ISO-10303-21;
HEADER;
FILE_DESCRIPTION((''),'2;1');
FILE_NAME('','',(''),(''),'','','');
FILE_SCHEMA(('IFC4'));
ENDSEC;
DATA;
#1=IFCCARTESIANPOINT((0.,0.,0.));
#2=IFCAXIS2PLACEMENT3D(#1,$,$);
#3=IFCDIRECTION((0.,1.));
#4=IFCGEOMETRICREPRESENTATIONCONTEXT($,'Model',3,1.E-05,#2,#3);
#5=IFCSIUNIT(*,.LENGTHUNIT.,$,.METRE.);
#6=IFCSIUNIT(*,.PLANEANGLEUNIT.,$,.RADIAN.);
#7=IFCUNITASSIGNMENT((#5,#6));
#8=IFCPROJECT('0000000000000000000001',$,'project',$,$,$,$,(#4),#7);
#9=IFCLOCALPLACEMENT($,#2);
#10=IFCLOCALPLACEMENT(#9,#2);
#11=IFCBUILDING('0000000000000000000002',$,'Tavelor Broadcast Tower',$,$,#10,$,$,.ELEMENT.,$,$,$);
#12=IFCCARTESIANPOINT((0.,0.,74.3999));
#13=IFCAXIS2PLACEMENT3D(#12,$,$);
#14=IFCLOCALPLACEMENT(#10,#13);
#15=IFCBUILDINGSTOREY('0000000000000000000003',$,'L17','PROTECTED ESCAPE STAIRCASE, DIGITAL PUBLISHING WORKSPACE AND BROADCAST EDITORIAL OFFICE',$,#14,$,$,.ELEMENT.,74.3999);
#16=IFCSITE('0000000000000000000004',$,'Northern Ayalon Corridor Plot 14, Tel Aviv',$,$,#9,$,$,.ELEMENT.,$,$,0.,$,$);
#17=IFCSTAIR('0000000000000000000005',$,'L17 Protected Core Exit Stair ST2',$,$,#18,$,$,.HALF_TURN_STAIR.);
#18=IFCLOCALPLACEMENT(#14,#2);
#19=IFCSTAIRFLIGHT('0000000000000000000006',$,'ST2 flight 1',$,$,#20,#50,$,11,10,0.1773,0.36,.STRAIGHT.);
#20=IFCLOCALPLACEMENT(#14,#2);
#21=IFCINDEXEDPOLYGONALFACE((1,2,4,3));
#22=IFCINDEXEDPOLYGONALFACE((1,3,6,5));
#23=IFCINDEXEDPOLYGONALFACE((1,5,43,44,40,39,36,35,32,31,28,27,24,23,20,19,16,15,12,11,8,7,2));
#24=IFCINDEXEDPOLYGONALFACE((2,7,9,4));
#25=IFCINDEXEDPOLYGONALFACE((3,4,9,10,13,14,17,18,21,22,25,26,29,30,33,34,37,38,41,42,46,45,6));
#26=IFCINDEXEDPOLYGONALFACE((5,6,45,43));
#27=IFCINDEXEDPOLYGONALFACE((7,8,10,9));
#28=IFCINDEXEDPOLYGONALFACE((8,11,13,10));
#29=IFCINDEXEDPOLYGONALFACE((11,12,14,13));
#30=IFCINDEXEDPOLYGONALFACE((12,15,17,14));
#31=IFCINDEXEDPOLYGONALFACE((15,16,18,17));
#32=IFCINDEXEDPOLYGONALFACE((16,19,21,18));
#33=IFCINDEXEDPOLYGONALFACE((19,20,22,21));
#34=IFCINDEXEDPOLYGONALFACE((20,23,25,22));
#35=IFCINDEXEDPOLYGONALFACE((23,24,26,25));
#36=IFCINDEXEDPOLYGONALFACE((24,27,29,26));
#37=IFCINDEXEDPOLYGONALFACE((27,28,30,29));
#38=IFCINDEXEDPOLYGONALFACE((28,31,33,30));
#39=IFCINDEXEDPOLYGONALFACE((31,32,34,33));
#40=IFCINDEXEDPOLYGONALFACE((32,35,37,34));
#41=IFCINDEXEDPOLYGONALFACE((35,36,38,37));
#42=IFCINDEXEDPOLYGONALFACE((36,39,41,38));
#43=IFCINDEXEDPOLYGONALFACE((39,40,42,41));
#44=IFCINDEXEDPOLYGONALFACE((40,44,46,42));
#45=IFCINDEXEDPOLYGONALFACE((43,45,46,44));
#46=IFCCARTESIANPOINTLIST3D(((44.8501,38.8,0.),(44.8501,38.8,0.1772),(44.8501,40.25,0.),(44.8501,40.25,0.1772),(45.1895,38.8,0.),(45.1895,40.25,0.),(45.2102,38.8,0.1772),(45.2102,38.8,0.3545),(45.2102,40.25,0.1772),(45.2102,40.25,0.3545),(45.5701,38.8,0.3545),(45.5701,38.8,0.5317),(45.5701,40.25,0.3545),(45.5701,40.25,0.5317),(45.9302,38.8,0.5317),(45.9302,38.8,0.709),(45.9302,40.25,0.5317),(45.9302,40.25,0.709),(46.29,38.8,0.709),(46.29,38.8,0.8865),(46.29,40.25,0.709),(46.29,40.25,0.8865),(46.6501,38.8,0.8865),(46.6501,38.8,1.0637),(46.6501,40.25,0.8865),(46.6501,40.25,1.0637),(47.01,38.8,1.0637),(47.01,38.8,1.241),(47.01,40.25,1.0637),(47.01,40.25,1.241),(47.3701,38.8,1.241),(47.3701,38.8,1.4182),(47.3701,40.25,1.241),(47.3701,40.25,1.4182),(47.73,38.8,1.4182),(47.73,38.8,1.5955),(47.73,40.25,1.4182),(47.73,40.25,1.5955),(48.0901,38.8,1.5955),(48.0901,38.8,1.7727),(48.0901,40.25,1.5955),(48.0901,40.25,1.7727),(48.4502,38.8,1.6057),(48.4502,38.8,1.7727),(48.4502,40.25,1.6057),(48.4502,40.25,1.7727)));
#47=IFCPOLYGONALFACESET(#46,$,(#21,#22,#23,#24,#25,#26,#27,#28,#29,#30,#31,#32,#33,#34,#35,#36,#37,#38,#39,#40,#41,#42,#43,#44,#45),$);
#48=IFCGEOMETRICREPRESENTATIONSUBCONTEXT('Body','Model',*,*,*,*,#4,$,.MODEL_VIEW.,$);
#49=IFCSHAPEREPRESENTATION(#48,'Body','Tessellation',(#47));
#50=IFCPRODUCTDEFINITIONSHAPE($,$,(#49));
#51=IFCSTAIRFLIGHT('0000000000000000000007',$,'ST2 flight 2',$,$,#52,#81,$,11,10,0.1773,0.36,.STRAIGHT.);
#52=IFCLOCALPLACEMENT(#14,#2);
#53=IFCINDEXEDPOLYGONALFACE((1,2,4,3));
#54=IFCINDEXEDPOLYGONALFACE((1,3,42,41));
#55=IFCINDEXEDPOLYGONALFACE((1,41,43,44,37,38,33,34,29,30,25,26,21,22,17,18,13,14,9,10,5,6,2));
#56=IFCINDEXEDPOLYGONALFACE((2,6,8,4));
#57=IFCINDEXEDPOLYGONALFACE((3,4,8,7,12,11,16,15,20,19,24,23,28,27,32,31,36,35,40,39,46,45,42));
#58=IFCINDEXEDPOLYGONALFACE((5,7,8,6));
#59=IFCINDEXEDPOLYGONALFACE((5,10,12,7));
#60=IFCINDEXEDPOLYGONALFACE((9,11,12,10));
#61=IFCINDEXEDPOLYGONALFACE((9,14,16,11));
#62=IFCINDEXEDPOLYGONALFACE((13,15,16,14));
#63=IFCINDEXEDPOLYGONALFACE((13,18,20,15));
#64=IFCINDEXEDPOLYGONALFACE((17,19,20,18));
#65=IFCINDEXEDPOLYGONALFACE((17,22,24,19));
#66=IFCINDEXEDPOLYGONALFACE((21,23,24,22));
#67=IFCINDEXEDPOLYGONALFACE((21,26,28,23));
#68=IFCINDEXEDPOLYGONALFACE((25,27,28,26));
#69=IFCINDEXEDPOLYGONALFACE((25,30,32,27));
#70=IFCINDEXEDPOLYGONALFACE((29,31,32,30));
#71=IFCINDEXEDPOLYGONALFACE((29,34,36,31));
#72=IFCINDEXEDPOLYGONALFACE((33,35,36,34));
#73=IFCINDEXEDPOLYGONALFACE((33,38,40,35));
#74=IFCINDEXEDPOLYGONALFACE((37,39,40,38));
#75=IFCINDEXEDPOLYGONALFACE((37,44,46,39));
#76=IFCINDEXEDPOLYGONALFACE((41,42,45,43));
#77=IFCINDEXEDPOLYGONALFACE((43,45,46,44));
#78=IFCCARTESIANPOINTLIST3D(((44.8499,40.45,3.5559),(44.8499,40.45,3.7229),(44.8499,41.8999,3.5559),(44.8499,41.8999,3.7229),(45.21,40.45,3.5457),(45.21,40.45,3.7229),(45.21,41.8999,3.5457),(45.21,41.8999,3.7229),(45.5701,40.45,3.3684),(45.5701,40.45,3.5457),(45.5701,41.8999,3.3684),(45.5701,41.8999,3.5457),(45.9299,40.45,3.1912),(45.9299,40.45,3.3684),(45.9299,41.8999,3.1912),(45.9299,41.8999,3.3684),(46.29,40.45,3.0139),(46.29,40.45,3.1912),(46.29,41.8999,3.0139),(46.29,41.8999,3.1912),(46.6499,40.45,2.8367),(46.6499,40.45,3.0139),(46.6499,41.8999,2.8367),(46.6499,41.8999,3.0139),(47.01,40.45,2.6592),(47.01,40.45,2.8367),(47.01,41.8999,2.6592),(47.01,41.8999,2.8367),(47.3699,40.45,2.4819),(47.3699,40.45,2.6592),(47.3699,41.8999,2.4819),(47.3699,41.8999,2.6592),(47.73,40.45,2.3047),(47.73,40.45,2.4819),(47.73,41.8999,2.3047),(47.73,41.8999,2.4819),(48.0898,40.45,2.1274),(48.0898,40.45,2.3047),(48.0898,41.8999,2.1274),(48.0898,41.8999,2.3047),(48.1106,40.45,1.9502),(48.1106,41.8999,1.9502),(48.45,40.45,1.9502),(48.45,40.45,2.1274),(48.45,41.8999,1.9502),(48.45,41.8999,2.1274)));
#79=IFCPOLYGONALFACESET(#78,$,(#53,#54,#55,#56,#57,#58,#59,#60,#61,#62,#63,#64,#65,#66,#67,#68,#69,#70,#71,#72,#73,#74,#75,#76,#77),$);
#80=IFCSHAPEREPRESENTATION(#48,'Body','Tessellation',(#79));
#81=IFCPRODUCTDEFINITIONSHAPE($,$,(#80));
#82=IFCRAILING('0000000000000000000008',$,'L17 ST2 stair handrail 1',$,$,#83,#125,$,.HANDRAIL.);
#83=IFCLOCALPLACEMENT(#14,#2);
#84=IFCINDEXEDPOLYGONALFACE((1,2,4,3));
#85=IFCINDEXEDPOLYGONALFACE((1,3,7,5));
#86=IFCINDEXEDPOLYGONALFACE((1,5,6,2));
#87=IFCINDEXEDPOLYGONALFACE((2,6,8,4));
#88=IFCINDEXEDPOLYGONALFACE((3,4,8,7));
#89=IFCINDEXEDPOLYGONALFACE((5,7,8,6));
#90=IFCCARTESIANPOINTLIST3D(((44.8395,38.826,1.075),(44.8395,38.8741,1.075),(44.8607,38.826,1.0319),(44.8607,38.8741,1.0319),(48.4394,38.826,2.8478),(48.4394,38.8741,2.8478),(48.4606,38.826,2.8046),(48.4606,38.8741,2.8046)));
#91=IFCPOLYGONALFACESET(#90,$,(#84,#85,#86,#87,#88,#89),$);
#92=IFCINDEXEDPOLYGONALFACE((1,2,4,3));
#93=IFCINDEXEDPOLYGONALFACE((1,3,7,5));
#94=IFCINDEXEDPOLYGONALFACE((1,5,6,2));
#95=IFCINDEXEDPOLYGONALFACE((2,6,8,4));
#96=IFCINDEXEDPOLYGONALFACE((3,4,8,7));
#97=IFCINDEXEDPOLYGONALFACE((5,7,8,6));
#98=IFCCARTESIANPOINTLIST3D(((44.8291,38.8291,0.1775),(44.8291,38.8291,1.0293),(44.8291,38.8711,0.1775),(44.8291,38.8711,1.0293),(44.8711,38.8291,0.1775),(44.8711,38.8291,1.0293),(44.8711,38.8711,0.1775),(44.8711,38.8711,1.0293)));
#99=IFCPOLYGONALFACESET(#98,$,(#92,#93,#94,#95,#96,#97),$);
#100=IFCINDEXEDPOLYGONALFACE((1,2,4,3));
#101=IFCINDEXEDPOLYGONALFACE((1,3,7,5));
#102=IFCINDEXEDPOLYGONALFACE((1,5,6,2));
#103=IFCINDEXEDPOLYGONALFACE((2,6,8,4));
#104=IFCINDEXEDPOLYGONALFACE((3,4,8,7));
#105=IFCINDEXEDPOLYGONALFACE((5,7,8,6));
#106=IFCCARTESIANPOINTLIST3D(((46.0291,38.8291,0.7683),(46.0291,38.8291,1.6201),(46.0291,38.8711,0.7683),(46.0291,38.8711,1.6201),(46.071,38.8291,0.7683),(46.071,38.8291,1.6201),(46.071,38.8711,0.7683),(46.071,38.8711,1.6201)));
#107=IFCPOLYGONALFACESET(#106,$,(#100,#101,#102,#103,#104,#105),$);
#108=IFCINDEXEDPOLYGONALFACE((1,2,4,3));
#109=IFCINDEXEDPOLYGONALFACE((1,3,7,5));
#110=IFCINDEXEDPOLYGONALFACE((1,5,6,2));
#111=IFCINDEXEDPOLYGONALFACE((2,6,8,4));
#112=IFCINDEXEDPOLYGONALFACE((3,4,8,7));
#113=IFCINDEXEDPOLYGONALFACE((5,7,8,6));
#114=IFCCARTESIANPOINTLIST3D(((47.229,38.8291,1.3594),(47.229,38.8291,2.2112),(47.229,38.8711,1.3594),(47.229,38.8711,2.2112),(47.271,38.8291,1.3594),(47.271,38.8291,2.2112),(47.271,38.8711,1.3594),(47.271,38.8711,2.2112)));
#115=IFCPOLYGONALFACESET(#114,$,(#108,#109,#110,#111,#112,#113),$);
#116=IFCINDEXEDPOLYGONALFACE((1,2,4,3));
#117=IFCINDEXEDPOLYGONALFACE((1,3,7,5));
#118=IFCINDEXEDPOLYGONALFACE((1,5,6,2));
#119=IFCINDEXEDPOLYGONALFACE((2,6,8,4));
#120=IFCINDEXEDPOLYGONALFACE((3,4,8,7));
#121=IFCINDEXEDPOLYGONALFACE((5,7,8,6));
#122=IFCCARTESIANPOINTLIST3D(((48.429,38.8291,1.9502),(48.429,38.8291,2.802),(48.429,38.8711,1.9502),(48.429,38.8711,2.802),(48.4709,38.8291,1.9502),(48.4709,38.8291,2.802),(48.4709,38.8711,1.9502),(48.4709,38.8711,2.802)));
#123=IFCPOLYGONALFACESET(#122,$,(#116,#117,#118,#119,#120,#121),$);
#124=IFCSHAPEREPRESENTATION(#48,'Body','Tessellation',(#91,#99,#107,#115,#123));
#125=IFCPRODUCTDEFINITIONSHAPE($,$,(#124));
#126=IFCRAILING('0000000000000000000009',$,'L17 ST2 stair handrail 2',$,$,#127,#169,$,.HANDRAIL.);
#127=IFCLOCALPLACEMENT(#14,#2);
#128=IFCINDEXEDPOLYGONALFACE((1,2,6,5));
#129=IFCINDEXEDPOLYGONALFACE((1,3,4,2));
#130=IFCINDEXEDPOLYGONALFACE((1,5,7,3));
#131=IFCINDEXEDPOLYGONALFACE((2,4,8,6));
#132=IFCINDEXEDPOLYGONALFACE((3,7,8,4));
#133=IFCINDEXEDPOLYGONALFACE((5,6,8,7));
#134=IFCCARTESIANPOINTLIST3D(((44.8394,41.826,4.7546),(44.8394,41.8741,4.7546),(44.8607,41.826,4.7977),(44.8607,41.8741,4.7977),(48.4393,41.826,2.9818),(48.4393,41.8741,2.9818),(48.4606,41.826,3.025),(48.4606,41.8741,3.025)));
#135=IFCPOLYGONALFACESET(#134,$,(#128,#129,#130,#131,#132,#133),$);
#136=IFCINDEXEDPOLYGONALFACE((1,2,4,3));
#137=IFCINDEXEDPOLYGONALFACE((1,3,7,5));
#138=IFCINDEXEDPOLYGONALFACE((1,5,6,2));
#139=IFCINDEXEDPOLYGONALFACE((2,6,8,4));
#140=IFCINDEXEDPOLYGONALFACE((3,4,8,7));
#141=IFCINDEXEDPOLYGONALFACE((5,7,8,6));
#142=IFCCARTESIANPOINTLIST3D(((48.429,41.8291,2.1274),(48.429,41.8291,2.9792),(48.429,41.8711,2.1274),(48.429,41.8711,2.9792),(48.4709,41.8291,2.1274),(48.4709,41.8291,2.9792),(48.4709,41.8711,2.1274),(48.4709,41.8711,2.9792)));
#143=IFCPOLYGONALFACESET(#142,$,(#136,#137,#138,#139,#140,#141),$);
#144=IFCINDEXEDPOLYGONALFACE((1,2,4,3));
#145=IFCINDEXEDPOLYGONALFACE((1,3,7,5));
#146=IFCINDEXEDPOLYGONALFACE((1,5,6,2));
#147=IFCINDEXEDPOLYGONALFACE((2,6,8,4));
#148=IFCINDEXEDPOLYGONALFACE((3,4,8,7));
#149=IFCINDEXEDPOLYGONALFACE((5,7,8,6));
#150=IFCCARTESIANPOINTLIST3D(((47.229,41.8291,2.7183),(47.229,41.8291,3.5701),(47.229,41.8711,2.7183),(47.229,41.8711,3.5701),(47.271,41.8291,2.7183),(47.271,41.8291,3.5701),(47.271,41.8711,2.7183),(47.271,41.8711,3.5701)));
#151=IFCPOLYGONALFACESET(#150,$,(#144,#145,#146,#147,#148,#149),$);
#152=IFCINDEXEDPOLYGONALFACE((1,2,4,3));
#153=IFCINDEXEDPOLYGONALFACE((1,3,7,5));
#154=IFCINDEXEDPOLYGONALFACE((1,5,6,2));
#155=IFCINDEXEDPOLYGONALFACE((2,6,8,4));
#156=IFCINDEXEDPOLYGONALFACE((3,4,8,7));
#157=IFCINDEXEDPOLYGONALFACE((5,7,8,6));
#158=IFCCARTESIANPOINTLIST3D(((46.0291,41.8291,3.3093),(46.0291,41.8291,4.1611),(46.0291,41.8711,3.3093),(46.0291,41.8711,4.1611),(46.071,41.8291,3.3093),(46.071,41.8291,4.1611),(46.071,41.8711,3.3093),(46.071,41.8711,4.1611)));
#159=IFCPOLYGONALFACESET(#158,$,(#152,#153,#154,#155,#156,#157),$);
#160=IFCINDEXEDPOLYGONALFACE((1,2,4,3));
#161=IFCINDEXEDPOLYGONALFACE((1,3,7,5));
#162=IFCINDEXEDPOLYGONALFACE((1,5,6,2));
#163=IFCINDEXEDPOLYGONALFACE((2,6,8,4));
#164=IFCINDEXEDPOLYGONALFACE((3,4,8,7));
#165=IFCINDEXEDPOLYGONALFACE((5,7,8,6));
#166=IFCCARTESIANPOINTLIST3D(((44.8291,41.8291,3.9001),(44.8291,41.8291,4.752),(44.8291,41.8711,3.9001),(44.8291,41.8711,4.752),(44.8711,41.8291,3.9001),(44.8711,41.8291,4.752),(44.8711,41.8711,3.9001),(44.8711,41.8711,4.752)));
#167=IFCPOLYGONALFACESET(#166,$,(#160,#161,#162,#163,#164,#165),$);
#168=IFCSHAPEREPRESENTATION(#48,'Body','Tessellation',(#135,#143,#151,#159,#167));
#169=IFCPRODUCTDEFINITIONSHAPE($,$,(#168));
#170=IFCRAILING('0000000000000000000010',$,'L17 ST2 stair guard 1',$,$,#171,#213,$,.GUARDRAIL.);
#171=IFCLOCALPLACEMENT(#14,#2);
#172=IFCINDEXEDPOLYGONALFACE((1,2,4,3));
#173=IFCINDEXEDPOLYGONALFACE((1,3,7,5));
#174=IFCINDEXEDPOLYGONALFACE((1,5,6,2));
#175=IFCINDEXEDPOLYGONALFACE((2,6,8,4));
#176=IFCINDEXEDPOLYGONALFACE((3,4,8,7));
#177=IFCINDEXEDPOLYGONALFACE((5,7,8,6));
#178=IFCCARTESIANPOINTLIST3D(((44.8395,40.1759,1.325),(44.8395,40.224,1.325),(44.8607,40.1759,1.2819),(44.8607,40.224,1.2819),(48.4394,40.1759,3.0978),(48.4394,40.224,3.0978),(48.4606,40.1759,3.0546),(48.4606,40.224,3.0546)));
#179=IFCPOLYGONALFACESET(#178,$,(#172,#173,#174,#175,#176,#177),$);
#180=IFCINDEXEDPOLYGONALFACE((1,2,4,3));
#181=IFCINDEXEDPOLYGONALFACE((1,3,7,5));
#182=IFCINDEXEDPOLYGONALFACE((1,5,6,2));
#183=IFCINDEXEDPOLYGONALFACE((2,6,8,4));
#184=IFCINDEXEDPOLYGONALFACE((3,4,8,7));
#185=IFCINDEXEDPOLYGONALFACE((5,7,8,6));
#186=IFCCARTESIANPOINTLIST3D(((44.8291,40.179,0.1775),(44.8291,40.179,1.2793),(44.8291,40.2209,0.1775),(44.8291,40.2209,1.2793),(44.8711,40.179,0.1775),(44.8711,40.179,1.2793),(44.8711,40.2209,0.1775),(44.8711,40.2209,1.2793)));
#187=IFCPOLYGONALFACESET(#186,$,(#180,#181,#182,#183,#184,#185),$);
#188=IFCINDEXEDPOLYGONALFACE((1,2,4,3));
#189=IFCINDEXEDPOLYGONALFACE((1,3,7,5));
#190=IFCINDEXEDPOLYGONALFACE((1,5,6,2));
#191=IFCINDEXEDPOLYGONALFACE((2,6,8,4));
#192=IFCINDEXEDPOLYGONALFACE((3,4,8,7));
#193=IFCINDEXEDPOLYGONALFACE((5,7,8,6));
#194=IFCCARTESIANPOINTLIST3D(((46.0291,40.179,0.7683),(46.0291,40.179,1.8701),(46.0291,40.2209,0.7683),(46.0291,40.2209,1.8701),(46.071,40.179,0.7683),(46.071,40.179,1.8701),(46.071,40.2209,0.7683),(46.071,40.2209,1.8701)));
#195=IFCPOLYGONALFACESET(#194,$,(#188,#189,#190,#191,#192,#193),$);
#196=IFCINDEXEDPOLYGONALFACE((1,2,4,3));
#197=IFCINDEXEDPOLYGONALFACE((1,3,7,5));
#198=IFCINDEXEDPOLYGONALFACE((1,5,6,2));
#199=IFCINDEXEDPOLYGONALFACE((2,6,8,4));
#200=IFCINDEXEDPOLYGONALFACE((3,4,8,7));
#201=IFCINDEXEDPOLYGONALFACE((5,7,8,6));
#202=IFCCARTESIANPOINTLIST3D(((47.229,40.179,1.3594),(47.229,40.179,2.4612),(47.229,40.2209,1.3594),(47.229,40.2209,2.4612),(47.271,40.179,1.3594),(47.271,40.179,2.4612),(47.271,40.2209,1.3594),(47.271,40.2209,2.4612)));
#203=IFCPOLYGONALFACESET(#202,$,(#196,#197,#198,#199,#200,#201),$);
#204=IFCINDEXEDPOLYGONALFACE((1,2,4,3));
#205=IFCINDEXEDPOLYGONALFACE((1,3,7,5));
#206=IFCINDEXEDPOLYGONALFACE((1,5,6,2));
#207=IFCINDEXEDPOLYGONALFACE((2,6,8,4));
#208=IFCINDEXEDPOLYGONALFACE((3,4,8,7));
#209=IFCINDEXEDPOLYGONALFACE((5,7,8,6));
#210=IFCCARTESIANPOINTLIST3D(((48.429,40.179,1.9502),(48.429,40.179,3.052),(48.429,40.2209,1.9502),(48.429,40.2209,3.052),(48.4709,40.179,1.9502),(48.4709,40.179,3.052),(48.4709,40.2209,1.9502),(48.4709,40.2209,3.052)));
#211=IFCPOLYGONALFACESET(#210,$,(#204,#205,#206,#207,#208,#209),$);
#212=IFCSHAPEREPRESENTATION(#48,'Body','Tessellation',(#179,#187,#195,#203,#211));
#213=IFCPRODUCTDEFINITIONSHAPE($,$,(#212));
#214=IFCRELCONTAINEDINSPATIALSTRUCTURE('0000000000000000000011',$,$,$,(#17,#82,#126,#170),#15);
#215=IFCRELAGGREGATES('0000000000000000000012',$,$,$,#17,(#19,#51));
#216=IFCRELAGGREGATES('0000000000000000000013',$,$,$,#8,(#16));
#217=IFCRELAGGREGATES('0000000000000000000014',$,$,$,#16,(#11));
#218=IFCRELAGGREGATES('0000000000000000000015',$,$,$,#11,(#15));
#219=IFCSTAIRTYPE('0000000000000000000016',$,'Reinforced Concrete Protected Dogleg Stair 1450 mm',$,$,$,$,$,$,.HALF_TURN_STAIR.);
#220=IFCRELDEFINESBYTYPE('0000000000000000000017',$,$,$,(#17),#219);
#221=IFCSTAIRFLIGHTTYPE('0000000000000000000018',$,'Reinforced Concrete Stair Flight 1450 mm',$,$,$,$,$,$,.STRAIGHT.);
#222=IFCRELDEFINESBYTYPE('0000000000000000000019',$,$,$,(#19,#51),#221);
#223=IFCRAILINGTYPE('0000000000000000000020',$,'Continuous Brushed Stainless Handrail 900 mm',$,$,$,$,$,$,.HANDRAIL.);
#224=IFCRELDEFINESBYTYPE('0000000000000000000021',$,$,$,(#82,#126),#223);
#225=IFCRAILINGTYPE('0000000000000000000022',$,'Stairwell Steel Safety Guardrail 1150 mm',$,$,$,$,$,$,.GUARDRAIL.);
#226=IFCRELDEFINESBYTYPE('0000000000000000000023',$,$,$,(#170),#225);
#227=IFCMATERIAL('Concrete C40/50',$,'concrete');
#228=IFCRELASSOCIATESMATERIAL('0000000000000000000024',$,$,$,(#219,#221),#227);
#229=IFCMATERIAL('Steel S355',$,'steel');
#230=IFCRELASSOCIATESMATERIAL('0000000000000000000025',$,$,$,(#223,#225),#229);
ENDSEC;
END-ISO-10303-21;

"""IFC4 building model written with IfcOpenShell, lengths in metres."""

from ifc_helpers import new_model, si_unit, direction, frame, origin, origin_2d, place, context, subcontext, project, spatial, polyline, rectangle, outline, extrude, material, type_object, element, aggregate, save


model = new_model("IFC4")

# Units and contexts
model_context = context("Model", 3, precision=1e-05, world=origin(), true_north=direction((0.0, 1.0)))
body_context = subcontext(model_context, "Body", "Model", "MODEL_VIEW")
ifc_project = project(units=[si_unit("LENGTHUNIT", "METRE"), si_unit("PLANEANGLEUNIT", "RADIAN")], contexts=[model_context])

# Site, building, storey
site_placement = place(None, origin())
site = spatial("IfcSite", under=ifc_project, at=site_placement, Name="Northern Ayalon Corridor Plot 14, Tel Aviv", CompositionType="ELEMENT", RefElevation=0.0)
building_placement = place(site_placement, origin())
building = spatial("IfcBuilding", under=site, at=building_placement, Name="Tavelor Broadcast Tower", CompositionType="ELEMENT")
storey_placement = place(building_placement, frame((0.0, 0.0, 74.3999)))
storey = spatial("IfcBuildingStorey", under=building, at=storey_placement, Name="L17", Description="PROTECTED ESCAPE STAIRCASE, DIGITAL PUBLISHING WORKSPACE AND BROADCAST EDITORIAL OFFICE", CompositionType="ELEMENT", Elevation=74.3999)

# Shared definitions
ifc_material_1 = material(Name="Concrete C40/50", Category="concrete")
ifc_material_2 = material(Name="Steel S355", Category="steel")

# Stair, stair flights
stair_type = type_object("IfcStairType", Name="Reinforced Concrete Protected Dogleg Stair 1450 mm", PredefinedType="HALF_TURN_STAIR", material=ifc_material_1)
stair_placement = place(storey_placement, origin())
stair = element("IfcStair", 1, at=stair_placement, inside=storey, type_object=stair_type, Name="L17 Protected Core Exit Stair ST2", PredefinedType="HALF_TURN_STAIR")
stair_flight_type = type_object("IfcStairFlightType", Name="Reinforced Concrete Stair Flight 1450 mm", PredefinedType="STRAIGHT", material=ifc_material_1)
stair_flight_1_placement = place(storey_placement, frame((44.8501, 39.5249, 0.0), z_axis=(0.0, 0.0, 1.0), x_axis=(1.0, 0.0, 0.0)))
stair_flight_1 = element("IfcStairFlight", 2, at=stair_flight_1_placement, type_object=stair_flight_type, Name="ST2 flight 1", NumberOfRisers=11, NumberOfTreads=10, PredefinedType="STRAIGHT", RiserHeight=0.1773, TreadLength=0.36, context=body_context, shape_type="SweptSolid", body=[
    extrude(outline(polyline([(0.0, 0.0), (0.0, 0.1772), (0.3601, 0.1772), (0.3601, 0.3545), (0.72, 0.3545), (0.72, 0.5317), (1.0801, 0.5317), (1.0801, 0.709), (1.4399, 0.709), (1.4399, 0.8865), (1.8, 0.8865), (1.8, 1.0637), (2.1599, 1.0637), (2.1599, 1.241), (2.52, 1.241), (2.52, 1.4182), (2.8799, 1.4182), (2.8799, 1.5955), (3.24, 1.5955), (3.24, 1.7727), (3.6001, 1.7727), (3.6001, 1.95), (3.6001, 1.6057), (0.3394, 0.0), (0.0, 0.0)])), frame((0.0, 0.7251, 0.0), z_axis=(0.0, -1.0, 0.0), x_axis=(1.0, 0.0, 0.0)), (0.0, 0.0, 1.0), 1.45),
])
stair_flight_2_placement = place(storey_placement, frame((48.45, 41.175, 1.9502), z_axis=(0.0, 0.0, 1.0), x_axis=(-1.0, 0.0, 0.0)))
stair_flight_2 = element("IfcStairFlight", 3, at=stair_flight_2_placement, type_object=stair_flight_type, Name="ST2 flight 2", NumberOfRisers=11, NumberOfTreads=10, PredefinedType="STRAIGHT", RiserHeight=0.1773, TreadLength=0.36, context=body_context, shape_type="SweptSolid", body=[
    extrude(outline(polyline([(0.0, 0.0), (0.0, 0.1772), (0.3601, 0.1772), (0.3601, 0.3545), (0.72, 0.3545), (0.72, 0.5317), (1.0801, 0.5317), (1.0801, 0.709), (1.4399, 0.709), (1.4399, 0.8865), (1.8, 0.8865), (1.8, 1.0637), (2.1599, 1.0637), (2.1599, 1.241), (2.52, 1.241), (2.52, 1.4182), (2.8799, 1.4182), (2.8799, 1.5955), (3.24, 1.5955), (3.24, 1.7727), (3.6001, 1.7727), (3.6001, 1.95), (3.6001, 1.6057), (0.3394, 0.0), (0.0, 0.0)])), frame((0.0, 0.7251, 0.0), z_axis=(0.0, -1.0, 0.0), x_axis=(1.0, 0.0, 0.0)), (0.0, 0.0, 1.0), 1.45),
])
aggregate(stair, [stair_flight_1, stair_flight_2])

# Railings
railing_type_1 = type_object("IfcRailingType", Name="Continuous Brushed Stainless Handrail 900 mm", PredefinedType="HANDRAIL", material=ifc_material_2)
railing_1_placement = place(storey_placement, frame((44.8501, 38.8501, 0.1775)))
element("IfcRailing", 4, at=railing_1_placement, inside=storey, type_object=railing_type_1, Name="L17 ST2 stair handrail 1", PredefinedType="HANDRAIL", context=body_context, shape_type="SweptSolid", body=[
    extrude(rectangle(XDim=0.0481, YDim=0.0481, at=origin_2d()), frame((0.0, 0.0, 0.876), z_axis=(0.897124, 0.0, 0.441778), x_axis=(0.0, 1.0, 0.0)), (0.0, 0.0, 1.0), 4.0127),
    extrude(rectangle(XDim=0.042, YDim=0.042, at=origin_2d()), origin(), (0.0, 0.0, 1.0), 0.8518),
    extrude(rectangle(XDim=0.042, YDim=0.042, at=origin_2d()), frame((1.2, 0.0, 0.5908)), (0.0, 0.0, 1.0), 0.8518),
    extrude(rectangle(XDim=0.042, YDim=0.042, at=origin_2d()), frame((2.3999, 0.0, 1.1819)), (0.0, 0.0, 1.0), 0.8518),
    extrude(rectangle(XDim=0.042, YDim=0.042, at=origin_2d()), frame((3.5999, 0.0, 1.7727)), (0.0, 0.0, 1.0), 0.8518),
])
railing_2_placement = place(storey_placement, frame((48.45, 41.8501, 2.1274)))
element("IfcRailing", 5, at=railing_2_placement, inside=storey, type_object=railing_type_1, Name="L17 ST2 stair handrail 2", PredefinedType="HANDRAIL", context=body_context, shape_type="SweptSolid", body=[
    extrude(rectangle(XDim=0.0481, YDim=0.0481, at=origin_2d()), frame((0.0, 0.0, 0.876), z_axis=(-0.897124, 0.0, 0.441778), x_axis=(0.0, -1.0, 0.0)), (0.0, 0.0, 1.0), 4.0127),
    extrude(rectangle(XDim=0.042, YDim=0.042, at=origin_2d()), origin(), (0.0, 0.0, 1.0), 0.8518),
    extrude(rectangle(XDim=0.042, YDim=0.042, at=origin_2d()), frame((-1.2, 0.0, 0.5908)), (0.0, 0.0, 1.0), 0.8518),
    extrude(rectangle(XDim=0.042, YDim=0.042, at=origin_2d()), frame((-2.3999, 0.0, 1.1819)), (0.0, 0.0, 1.0), 0.8518),
    extrude(rectangle(XDim=0.042, YDim=0.042, at=origin_2d()), frame((-3.5999, 0.0, 1.7727)), (0.0, 0.0, 1.0), 0.8518),
])
railing_type_2 = type_object("IfcRailingType", Name="Stairwell Steel Safety Guardrail 1150 mm", PredefinedType="GUARDRAIL", material=ifc_material_2)
railing_3_placement = place(storey_placement, frame((44.8501, 40.2, 0.1775)))
element("IfcRailing", 6, at=railing_3_placement, inside=storey, type_object=railing_type_2, Name="L17 ST2 stair guard 1", PredefinedType="GUARDRAIL", context=body_context, shape_type="SweptSolid", body=[
    extrude(rectangle(XDim=0.0481, YDim=0.0481, at=origin_2d()), frame((0.0, 0.0, 1.126), z_axis=(0.897124, 0.0, 0.441778), x_axis=(0.0, 1.0, 0.0)), (0.0, 0.0, 1.0), 4.0127),
    extrude(rectangle(XDim=0.042, YDim=0.042, at=origin_2d()), origin(), (0.0, 0.0, 1.0), 1.1018),
    extrude(rectangle(XDim=0.042, YDim=0.042, at=origin_2d()), frame((1.2, 0.0, 0.5908)), (0.0, 0.0, 1.0), 1.1018),
    extrude(rectangle(XDim=0.042, YDim=0.042, at=origin_2d()), frame((2.3999, 0.0, 1.1819)), (0.0, 0.0, 1.0), 1.1018),
    extrude(rectangle(XDim=0.042, YDim=0.042, at=origin_2d()), frame((3.5999, 0.0, 1.7727)), (0.0, 0.0, 1.0), 1.1018),
])

save(model, "model.ifc")
